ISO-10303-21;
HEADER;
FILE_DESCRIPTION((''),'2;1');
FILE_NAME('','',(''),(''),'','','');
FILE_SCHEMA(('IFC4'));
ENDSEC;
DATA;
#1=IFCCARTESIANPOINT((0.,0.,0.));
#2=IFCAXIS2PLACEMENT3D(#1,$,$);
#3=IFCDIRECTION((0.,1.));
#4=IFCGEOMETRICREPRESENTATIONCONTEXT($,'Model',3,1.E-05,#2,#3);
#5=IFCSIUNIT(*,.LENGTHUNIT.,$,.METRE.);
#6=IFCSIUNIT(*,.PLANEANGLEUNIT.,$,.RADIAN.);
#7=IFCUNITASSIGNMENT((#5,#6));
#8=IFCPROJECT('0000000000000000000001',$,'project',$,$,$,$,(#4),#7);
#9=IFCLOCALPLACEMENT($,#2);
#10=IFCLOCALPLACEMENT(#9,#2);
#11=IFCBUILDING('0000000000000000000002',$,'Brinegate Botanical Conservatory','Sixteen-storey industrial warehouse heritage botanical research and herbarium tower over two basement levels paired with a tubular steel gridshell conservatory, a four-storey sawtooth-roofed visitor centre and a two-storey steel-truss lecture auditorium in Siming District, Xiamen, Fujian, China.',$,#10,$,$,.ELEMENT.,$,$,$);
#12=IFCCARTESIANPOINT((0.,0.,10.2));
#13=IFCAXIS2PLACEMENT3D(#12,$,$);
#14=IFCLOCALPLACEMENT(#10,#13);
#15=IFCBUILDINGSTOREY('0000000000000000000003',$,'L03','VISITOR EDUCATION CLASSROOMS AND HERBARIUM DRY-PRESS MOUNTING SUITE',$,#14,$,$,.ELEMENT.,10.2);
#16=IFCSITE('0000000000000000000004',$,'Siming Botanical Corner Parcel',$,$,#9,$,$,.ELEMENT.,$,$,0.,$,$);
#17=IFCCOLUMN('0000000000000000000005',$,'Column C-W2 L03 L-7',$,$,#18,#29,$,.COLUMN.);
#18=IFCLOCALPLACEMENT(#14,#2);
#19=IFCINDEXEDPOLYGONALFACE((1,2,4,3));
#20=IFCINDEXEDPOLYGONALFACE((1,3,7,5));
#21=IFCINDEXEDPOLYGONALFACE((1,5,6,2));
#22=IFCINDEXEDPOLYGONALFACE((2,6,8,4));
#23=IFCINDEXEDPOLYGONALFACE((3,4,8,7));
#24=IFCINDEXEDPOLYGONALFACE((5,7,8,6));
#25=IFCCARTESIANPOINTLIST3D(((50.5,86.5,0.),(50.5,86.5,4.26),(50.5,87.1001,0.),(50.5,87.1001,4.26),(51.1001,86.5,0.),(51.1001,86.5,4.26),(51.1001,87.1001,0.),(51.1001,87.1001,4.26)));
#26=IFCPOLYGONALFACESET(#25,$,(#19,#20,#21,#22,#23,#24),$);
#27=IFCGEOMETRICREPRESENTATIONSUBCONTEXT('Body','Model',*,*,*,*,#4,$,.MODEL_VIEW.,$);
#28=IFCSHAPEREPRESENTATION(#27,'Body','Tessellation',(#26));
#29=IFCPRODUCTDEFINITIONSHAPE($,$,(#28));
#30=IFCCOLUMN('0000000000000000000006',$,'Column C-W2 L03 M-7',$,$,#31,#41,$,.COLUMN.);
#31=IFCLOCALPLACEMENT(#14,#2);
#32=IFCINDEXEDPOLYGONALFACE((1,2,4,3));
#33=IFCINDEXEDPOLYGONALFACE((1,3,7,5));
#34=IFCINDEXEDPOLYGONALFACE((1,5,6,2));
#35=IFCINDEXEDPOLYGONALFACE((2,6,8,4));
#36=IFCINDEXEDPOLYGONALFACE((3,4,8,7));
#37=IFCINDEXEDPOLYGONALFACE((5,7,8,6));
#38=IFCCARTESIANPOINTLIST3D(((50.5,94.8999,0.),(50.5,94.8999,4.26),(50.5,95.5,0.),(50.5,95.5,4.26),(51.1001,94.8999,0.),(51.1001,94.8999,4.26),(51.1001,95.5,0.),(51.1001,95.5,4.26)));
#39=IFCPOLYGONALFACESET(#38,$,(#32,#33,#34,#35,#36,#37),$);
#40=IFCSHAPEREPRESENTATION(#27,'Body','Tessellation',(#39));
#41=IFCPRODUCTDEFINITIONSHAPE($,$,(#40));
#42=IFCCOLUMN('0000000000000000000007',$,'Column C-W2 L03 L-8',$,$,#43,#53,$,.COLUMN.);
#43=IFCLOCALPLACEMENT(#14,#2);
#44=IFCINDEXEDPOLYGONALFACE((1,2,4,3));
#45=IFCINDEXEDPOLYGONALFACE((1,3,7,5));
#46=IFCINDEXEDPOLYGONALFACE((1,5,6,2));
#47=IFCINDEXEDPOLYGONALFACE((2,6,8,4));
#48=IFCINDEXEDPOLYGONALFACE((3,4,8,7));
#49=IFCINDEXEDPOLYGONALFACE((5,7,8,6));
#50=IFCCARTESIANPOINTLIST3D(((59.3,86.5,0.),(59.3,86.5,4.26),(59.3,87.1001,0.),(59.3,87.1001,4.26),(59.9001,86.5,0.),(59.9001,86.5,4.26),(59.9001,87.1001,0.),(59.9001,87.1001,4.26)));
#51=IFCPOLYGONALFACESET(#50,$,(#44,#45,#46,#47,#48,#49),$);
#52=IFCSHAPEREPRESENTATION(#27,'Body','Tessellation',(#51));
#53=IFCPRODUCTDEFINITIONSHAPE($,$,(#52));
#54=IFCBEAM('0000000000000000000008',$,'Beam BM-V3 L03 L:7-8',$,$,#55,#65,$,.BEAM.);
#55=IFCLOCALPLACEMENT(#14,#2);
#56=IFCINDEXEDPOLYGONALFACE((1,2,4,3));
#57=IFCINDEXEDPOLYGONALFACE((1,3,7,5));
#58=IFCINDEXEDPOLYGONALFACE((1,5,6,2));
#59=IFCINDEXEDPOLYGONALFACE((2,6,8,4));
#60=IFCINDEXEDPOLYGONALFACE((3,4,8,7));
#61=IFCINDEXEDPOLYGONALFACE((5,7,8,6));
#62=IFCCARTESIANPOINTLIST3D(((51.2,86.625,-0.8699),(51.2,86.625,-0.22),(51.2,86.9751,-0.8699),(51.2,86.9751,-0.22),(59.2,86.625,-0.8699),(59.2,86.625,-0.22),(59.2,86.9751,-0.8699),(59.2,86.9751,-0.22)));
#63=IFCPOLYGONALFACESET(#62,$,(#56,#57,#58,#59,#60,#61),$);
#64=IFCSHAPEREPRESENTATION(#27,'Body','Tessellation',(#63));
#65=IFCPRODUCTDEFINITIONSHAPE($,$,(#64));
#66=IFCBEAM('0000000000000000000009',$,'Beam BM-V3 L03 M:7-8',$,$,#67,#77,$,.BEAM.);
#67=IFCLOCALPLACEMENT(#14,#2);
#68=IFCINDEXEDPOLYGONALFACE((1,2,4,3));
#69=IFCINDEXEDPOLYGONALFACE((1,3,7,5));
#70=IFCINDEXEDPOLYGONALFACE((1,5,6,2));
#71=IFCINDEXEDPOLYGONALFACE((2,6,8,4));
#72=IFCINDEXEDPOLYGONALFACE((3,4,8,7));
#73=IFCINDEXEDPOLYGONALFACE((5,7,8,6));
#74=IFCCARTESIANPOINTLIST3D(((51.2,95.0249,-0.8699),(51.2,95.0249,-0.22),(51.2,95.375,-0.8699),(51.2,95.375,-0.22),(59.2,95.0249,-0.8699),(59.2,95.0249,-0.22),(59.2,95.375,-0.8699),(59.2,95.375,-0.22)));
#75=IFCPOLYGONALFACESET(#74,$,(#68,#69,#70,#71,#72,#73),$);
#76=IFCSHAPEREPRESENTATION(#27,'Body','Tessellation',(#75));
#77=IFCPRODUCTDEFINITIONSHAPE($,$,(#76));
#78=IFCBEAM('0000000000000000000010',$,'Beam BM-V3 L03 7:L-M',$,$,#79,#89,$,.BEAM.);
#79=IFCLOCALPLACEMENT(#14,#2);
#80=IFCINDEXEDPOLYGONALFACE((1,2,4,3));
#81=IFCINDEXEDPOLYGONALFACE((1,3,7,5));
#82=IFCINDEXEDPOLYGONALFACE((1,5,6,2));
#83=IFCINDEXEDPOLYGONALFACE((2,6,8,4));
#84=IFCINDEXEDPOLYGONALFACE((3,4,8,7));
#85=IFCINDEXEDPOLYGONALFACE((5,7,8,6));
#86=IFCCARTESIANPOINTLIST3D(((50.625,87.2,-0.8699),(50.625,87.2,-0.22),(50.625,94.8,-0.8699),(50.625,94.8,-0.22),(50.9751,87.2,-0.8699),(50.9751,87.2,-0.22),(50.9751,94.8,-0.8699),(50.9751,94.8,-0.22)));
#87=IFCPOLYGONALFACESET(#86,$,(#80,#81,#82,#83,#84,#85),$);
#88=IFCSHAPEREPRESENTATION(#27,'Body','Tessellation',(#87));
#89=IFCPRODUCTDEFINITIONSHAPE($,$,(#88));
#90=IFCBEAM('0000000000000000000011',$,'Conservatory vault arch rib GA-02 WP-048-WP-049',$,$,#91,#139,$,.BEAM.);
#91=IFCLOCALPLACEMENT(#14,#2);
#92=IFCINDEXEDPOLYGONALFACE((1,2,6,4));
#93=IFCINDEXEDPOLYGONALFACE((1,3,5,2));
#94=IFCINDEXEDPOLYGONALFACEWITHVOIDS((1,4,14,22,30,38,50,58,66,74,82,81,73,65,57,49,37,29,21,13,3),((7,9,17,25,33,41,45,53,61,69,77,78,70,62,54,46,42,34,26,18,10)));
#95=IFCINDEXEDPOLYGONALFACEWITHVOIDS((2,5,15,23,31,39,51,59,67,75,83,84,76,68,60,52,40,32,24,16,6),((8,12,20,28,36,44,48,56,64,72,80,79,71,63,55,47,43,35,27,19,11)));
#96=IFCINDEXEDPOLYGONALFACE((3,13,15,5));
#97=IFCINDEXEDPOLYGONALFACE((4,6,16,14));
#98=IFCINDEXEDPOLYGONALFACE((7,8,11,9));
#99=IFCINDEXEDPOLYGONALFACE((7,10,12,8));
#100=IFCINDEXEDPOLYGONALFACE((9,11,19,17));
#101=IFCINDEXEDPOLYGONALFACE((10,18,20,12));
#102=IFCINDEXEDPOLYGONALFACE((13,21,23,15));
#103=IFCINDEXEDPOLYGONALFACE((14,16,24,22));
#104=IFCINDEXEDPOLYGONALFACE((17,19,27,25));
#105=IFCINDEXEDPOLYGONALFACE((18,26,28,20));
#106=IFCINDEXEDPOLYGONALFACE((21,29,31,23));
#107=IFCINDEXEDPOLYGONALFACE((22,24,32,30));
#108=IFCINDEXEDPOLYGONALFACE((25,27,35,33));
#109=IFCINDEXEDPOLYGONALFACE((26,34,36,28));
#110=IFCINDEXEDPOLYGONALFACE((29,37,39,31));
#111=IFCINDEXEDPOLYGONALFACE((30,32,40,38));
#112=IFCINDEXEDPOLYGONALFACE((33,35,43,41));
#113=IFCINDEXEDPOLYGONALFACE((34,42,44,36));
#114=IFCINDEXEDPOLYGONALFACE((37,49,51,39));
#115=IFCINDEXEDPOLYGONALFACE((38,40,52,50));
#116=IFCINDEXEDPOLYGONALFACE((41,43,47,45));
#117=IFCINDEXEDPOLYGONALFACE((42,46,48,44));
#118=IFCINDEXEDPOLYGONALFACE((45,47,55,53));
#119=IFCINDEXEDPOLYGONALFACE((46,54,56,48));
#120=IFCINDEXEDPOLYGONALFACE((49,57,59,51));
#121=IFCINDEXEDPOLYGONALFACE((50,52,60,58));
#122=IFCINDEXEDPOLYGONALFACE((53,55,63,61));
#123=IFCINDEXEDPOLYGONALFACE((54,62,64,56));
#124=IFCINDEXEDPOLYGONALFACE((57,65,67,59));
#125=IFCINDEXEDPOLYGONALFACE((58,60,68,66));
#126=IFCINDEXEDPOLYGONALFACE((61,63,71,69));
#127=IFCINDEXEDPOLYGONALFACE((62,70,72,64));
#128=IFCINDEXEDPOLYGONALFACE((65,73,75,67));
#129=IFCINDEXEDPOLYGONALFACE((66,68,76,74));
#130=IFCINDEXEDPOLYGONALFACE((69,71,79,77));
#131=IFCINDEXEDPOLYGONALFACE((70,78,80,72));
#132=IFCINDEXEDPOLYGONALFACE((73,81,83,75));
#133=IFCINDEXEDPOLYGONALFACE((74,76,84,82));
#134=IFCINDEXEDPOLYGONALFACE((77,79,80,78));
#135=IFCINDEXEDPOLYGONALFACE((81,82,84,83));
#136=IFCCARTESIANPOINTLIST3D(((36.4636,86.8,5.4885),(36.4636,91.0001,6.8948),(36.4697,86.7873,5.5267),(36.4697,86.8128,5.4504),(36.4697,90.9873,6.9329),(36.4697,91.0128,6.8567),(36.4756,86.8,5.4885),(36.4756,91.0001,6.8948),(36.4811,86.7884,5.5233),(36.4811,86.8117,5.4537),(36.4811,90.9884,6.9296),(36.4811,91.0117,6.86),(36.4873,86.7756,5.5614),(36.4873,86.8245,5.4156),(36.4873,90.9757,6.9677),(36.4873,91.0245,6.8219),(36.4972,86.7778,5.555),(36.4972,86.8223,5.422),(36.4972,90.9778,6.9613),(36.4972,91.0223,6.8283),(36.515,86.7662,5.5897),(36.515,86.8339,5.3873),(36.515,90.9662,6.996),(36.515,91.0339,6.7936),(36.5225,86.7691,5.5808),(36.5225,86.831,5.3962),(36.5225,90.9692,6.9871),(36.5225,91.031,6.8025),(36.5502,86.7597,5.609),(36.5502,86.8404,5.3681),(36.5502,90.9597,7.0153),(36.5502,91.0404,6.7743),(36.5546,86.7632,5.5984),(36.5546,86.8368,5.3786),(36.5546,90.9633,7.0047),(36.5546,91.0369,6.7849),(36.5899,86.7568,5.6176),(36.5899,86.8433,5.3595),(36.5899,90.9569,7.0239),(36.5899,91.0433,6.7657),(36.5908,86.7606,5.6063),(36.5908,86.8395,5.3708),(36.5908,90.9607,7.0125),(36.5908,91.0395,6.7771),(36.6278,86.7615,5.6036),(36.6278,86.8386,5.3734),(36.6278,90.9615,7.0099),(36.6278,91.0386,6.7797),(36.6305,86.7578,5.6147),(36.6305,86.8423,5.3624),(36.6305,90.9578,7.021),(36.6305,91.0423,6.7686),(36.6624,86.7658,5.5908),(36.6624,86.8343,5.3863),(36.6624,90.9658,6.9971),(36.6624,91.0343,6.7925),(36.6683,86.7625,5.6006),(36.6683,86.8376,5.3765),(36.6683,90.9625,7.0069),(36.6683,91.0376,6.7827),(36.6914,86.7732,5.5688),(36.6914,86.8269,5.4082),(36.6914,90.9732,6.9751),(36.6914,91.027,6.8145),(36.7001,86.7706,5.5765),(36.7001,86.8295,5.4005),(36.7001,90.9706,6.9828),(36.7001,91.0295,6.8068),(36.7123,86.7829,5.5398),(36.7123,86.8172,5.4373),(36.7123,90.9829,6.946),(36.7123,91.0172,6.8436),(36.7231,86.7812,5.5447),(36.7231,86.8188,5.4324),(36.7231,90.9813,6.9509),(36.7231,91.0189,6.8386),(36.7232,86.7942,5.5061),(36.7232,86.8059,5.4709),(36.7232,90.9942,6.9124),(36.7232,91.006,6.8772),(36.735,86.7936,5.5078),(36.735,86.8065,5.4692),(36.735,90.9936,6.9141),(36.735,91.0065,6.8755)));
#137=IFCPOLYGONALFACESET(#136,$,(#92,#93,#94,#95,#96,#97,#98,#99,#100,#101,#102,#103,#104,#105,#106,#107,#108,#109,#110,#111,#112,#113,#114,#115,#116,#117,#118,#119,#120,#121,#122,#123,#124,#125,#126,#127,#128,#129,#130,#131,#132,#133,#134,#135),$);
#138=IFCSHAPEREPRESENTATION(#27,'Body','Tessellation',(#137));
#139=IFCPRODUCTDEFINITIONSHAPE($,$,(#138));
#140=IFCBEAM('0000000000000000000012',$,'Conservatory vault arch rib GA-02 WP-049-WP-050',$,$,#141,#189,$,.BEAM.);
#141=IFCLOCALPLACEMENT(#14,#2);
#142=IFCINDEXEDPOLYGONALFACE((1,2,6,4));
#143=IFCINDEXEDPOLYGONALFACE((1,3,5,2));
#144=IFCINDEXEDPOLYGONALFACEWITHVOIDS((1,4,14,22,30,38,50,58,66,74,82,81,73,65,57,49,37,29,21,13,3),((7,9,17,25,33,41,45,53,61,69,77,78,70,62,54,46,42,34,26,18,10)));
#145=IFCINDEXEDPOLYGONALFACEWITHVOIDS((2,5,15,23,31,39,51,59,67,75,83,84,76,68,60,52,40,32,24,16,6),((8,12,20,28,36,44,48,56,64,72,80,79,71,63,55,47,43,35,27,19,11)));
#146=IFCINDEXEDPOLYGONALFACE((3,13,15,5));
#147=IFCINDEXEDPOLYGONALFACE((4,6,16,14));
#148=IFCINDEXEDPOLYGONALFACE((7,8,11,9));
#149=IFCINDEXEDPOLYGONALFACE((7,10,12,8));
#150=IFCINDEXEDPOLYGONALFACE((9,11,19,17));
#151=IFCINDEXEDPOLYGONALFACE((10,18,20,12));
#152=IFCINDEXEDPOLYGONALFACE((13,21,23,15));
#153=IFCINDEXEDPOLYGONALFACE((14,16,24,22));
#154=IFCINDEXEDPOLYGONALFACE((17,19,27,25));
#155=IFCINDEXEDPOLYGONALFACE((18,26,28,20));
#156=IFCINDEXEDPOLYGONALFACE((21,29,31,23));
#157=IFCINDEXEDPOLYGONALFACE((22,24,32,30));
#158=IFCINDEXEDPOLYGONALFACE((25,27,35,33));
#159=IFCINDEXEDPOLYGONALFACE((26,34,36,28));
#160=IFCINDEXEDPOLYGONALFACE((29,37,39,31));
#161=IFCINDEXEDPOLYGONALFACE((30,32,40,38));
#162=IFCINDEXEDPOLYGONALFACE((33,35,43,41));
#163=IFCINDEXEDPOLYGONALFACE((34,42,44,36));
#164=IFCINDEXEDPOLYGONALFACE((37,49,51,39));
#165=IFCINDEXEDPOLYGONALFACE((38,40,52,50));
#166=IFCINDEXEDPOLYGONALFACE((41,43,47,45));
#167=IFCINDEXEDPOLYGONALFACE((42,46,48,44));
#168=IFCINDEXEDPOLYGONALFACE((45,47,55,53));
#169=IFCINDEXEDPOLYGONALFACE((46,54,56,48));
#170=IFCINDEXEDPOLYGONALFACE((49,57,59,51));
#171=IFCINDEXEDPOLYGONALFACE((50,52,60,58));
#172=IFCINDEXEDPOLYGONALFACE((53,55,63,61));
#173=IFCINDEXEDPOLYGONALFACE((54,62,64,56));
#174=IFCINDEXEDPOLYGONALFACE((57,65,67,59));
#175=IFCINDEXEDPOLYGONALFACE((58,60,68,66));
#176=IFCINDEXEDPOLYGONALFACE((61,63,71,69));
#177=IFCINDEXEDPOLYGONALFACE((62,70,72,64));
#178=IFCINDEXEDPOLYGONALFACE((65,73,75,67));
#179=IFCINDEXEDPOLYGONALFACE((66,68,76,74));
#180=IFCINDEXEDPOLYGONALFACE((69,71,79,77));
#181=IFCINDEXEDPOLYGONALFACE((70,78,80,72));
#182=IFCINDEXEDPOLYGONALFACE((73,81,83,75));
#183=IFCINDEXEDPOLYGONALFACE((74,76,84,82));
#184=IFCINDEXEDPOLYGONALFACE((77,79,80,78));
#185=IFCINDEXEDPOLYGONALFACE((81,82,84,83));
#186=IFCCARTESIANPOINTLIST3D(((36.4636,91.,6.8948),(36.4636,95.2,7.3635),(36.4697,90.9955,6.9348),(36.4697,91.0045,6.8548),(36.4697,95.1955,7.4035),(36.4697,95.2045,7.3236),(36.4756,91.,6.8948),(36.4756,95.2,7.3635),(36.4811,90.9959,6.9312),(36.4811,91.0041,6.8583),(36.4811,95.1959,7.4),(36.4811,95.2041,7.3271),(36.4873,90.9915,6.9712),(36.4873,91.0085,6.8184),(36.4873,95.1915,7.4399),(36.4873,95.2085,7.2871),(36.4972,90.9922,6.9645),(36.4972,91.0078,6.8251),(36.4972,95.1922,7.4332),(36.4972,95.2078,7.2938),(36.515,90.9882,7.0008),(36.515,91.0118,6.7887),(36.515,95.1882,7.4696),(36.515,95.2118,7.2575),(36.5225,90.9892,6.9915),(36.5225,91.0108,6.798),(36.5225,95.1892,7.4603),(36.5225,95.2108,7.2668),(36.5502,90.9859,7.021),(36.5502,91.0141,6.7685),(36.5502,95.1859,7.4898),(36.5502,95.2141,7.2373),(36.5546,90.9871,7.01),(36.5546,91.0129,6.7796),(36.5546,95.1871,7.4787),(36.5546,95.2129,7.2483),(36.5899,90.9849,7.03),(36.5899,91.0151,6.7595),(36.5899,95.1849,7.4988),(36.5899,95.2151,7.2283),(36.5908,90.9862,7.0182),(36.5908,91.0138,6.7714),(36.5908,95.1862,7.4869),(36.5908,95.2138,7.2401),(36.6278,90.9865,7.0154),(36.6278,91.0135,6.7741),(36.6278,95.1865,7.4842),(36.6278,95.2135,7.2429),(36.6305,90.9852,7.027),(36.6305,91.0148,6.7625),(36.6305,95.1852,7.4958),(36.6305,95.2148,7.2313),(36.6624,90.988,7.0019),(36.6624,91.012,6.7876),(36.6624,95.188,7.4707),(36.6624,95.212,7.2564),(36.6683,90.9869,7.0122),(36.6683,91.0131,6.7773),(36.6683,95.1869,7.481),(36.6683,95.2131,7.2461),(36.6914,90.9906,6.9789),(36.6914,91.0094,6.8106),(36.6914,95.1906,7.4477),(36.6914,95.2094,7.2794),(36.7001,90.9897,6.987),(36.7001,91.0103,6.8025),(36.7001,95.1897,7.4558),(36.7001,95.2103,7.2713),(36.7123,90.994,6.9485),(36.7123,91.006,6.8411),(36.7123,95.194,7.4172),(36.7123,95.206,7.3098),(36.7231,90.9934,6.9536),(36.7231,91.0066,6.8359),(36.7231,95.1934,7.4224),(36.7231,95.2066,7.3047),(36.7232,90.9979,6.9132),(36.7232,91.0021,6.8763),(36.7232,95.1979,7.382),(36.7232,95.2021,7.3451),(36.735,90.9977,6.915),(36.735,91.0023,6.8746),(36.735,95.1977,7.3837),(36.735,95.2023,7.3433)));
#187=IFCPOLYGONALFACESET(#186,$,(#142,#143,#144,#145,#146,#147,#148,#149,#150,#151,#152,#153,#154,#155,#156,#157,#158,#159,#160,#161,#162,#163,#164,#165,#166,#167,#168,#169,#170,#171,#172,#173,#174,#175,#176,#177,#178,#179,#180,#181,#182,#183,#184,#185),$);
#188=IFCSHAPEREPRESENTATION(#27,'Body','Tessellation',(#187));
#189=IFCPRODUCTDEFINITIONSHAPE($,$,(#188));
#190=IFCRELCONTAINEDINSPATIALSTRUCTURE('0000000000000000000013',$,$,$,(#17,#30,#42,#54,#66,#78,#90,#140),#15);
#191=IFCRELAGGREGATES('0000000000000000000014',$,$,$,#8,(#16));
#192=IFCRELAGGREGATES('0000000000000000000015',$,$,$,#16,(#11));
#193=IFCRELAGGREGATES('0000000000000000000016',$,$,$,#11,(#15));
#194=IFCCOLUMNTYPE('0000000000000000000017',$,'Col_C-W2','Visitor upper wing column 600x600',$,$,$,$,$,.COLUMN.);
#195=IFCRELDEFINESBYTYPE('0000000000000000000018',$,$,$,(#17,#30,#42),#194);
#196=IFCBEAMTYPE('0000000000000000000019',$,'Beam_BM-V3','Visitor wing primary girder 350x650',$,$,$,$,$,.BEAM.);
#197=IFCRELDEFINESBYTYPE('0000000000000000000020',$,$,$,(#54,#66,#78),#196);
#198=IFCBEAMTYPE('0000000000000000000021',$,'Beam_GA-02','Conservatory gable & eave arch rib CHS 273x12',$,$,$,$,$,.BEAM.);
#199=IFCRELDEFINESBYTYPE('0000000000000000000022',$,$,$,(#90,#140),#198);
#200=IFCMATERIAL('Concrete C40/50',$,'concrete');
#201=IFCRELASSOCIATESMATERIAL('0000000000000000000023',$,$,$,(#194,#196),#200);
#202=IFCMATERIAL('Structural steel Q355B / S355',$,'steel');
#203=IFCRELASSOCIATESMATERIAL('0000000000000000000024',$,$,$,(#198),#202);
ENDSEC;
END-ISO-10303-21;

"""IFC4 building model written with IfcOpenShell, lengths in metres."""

from ifc_helpers import new_model, si_unit, direction, frame, origin, origin_2d, place, context, subcontext, project, spatial, rectangle, hollow_circle, extrude, material, material_profile, profile_set, type_object, element, save


model = new_model("IFC4")

# Units and contexts
model_context = context("Model", 3, precision=1e-05, world=origin(), true_north=direction((0.0, 1.0)))
body_context = subcontext(model_context, "Body", "Model", "MODEL_VIEW")
ifc_project = project(units=[si_unit("LENGTHUNIT", "METRE"), si_unit("PLANEANGLEUNIT", "RADIAN")], contexts=[model_context])

# Site, building, storey
site_placement = place(None, origin())
site = spatial("IfcSite", under=ifc_project, at=site_placement, Name="Siming Botanical Corner Parcel", CompositionType="ELEMENT", RefElevation=0.0)
building_placement = place(site_placement, origin())
building = spatial("IfcBuilding", under=site, at=building_placement, Name="Brinegate Botanical Conservatory", Description="Sixteen-storey industrial warehouse heritage botanical research and herbarium tower over two basement levels paired with a tubular steel gridshell conservatory, a four-storey sawtooth-roofed visitor centre and a two-storey steel-truss lecture auditorium in Siming District, Xiamen, Fujian, China.", CompositionType="ELEMENT")
storey_placement = place(building_placement, frame((0.0, 0.0, 10.2)))
storey = spatial("IfcBuildingStorey", under=building, at=storey_placement, Name="L03", Description="VISITOR EDUCATION CLASSROOMS AND HERBARIUM DRY-PRESS MOUNTING SUITE", CompositionType="ELEMENT", Elevation=10.2)

# Columns
ifc_material_1 = material(Name="Concrete C40/50", Category="concrete")
ifc_material_profile_1 = material_profile(ifc_material_1, rectangle(XDim=0.6001, YDim=0.6001, at=origin_2d()), Name="RC COL 600x600")
ifc_profile_set_1 = profile_set([ifc_material_profile_1], Name="Concrete C40/50")
column_type = type_object("IfcColumnType", Name="Col_C-W2", Description="Visitor upper wing column 600x600", PredefinedType="COLUMN", material=ifc_profile_set_1)
for number, where, z_axis, x_axis, name in (
    (1, (50.8, 86.8, 0.0), (0.0, 0.0, 1.0), (1.0, 0.0, 0.0), "Column C-W2 L03 L-7"),
    (2, (50.8, 95.2, 0.0), (0.0, 0.0, 1.0), (1.0, 0.0, 0.0), "Column C-W2 L03 M-7"),
    (3, (59.6001, 86.8, 0.0), (0.0, 0.0, 1.0), (1.0, 0.0, 0.0), "Column C-W2 L03 L-8"),
):
    element("IfcColumn", number, at=place(storey_placement, frame(where, z_axis=z_axis, x_axis=x_axis)), inside=storey, type_object=column_type, Name=name, PredefinedType="COLUMN", context=body_context, shape_type="SweptSolid", body=[
        extrude(rectangle(XDim=0.6001, YDim=0.6001, at=origin_2d()), origin(), (0.0, 0.0, 1.0), 4.26),
    ])

# Beams
ifc_material_profile_2 = material_profile(ifc_material_1, rectangle(XDim=0.3501, YDim=0.6499, at=origin_2d()), Name="RC BM 350x650")
ifc_profile_set_2 = profile_set([ifc_material_profile_2], Name="Concrete C40/50")
beam_type_1 = type_object("IfcBeamType", Name="Beam_BM-V3", Description="Visitor wing primary girder 350x650", PredefinedType="BEAM", material=ifc_profile_set_2)
for number, where, z_axis, x_axis, name in (
    (4, (51.2, 86.8, -0.5449), (1.0, 0.0, 0.0), (0.0, 1.0, 0.0), "Beam BM-V3 L03 L:7-8"),
    (5, (51.2, 95.2, -0.5449), (1.0, 0.0, 0.0), (0.0, 1.0, 0.0), "Beam BM-V3 L03 M:7-8"),
):
    element("IfcBeam", number, at=place(storey_placement, frame(where, z_axis=z_axis, x_axis=x_axis)), inside=storey, type_object=beam_type_1, Name=name, PredefinedType="BEAM", context=body_context, shape_type="SweptSolid", body=[
        extrude(rectangle(XDim=0.3501, YDim=0.6499, at=origin_2d()), origin(), (0.0, 0.0, 1.0), 8.0),
    ])
beam_1_placement = place(storey_placement, frame((50.8, 87.2, -0.5449), z_axis=(0.0, 1.0, 0.0), x_axis=(-1.0, 0.0, 0.0)))
element("IfcBeam", 6, at=beam_1_placement, inside=storey, type_object=beam_type_1, Name="Beam BM-V3 L03 7:L-M", PredefinedType="BEAM", context=body_context, shape_type="SweptSolid", body=[
    extrude(rectangle(XDim=0.3501, YDim=0.6499, at=origin_2d()), origin(), (0.0, 0.0, 1.0), 7.6001),
])
ifc_material_2 = material(Name="Structural steel Q355B / S355", Category="steel")
ifc_material_profile_3 = material_profile(ifc_material_2, hollow_circle(Radius=0.1365, WallThickness=0.012, at=origin_2d()), Name="CHS 273x12")
ifc_profile_set_3 = profile_set([ifc_material_profile_3], Name="Structural steel Q355B / S355")
beam_type_2 = type_object("IfcBeamType", Name="Beam_GA-02", Description="Conservatory gable & eave arch rib CHS 273x12", PredefinedType="BEAM", material=ifc_profile_set_3)
beam_2_placement = place(storey_placement, frame((36.6001, 86.8, 5.4885), z_axis=(0.0, 0.948258, 0.317501), x_axis=(-1.0, 0.0, 0.0)))
element("IfcBeam", 7, at=beam_2_placement, inside=storey, type_object=beam_type_2, Name="Conservatory vault arch rib GA-02 WP-048-WP-049", PredefinedType="BEAM", context=body_context, shape_type="SweptSolid", body=[
    extrude(hollow_circle(Radius=0.1365, WallThickness=0.012, at=origin_2d()), origin(), (0.0, 0.0, 1.0), 4.4292),
])
for number, where, z_axis, x_axis, name in (
    (8, (36.6001, 91.0, 6.8948), (0.0, 0.993829, 0.11092), (-1.0, 0.0, 0.0), "Conservatory vault arch rib GA-02 WP-049-WP-050"),
):
    element("IfcBeam", number, at=place(storey_placement, frame(where, z_axis=z_axis, x_axis=x_axis)), inside=storey, type_object=beam_type_2, Name=name, PredefinedType="BEAM", context=body_context, shape_type="SweptSolid", body=[
        extrude(hollow_circle(Radius=0.1365, WallThickness=0.012, at=origin_2d()), origin(), (0.0, 0.0, 1.0), 4.2261),
    ])

save(model, "model.ifc")
